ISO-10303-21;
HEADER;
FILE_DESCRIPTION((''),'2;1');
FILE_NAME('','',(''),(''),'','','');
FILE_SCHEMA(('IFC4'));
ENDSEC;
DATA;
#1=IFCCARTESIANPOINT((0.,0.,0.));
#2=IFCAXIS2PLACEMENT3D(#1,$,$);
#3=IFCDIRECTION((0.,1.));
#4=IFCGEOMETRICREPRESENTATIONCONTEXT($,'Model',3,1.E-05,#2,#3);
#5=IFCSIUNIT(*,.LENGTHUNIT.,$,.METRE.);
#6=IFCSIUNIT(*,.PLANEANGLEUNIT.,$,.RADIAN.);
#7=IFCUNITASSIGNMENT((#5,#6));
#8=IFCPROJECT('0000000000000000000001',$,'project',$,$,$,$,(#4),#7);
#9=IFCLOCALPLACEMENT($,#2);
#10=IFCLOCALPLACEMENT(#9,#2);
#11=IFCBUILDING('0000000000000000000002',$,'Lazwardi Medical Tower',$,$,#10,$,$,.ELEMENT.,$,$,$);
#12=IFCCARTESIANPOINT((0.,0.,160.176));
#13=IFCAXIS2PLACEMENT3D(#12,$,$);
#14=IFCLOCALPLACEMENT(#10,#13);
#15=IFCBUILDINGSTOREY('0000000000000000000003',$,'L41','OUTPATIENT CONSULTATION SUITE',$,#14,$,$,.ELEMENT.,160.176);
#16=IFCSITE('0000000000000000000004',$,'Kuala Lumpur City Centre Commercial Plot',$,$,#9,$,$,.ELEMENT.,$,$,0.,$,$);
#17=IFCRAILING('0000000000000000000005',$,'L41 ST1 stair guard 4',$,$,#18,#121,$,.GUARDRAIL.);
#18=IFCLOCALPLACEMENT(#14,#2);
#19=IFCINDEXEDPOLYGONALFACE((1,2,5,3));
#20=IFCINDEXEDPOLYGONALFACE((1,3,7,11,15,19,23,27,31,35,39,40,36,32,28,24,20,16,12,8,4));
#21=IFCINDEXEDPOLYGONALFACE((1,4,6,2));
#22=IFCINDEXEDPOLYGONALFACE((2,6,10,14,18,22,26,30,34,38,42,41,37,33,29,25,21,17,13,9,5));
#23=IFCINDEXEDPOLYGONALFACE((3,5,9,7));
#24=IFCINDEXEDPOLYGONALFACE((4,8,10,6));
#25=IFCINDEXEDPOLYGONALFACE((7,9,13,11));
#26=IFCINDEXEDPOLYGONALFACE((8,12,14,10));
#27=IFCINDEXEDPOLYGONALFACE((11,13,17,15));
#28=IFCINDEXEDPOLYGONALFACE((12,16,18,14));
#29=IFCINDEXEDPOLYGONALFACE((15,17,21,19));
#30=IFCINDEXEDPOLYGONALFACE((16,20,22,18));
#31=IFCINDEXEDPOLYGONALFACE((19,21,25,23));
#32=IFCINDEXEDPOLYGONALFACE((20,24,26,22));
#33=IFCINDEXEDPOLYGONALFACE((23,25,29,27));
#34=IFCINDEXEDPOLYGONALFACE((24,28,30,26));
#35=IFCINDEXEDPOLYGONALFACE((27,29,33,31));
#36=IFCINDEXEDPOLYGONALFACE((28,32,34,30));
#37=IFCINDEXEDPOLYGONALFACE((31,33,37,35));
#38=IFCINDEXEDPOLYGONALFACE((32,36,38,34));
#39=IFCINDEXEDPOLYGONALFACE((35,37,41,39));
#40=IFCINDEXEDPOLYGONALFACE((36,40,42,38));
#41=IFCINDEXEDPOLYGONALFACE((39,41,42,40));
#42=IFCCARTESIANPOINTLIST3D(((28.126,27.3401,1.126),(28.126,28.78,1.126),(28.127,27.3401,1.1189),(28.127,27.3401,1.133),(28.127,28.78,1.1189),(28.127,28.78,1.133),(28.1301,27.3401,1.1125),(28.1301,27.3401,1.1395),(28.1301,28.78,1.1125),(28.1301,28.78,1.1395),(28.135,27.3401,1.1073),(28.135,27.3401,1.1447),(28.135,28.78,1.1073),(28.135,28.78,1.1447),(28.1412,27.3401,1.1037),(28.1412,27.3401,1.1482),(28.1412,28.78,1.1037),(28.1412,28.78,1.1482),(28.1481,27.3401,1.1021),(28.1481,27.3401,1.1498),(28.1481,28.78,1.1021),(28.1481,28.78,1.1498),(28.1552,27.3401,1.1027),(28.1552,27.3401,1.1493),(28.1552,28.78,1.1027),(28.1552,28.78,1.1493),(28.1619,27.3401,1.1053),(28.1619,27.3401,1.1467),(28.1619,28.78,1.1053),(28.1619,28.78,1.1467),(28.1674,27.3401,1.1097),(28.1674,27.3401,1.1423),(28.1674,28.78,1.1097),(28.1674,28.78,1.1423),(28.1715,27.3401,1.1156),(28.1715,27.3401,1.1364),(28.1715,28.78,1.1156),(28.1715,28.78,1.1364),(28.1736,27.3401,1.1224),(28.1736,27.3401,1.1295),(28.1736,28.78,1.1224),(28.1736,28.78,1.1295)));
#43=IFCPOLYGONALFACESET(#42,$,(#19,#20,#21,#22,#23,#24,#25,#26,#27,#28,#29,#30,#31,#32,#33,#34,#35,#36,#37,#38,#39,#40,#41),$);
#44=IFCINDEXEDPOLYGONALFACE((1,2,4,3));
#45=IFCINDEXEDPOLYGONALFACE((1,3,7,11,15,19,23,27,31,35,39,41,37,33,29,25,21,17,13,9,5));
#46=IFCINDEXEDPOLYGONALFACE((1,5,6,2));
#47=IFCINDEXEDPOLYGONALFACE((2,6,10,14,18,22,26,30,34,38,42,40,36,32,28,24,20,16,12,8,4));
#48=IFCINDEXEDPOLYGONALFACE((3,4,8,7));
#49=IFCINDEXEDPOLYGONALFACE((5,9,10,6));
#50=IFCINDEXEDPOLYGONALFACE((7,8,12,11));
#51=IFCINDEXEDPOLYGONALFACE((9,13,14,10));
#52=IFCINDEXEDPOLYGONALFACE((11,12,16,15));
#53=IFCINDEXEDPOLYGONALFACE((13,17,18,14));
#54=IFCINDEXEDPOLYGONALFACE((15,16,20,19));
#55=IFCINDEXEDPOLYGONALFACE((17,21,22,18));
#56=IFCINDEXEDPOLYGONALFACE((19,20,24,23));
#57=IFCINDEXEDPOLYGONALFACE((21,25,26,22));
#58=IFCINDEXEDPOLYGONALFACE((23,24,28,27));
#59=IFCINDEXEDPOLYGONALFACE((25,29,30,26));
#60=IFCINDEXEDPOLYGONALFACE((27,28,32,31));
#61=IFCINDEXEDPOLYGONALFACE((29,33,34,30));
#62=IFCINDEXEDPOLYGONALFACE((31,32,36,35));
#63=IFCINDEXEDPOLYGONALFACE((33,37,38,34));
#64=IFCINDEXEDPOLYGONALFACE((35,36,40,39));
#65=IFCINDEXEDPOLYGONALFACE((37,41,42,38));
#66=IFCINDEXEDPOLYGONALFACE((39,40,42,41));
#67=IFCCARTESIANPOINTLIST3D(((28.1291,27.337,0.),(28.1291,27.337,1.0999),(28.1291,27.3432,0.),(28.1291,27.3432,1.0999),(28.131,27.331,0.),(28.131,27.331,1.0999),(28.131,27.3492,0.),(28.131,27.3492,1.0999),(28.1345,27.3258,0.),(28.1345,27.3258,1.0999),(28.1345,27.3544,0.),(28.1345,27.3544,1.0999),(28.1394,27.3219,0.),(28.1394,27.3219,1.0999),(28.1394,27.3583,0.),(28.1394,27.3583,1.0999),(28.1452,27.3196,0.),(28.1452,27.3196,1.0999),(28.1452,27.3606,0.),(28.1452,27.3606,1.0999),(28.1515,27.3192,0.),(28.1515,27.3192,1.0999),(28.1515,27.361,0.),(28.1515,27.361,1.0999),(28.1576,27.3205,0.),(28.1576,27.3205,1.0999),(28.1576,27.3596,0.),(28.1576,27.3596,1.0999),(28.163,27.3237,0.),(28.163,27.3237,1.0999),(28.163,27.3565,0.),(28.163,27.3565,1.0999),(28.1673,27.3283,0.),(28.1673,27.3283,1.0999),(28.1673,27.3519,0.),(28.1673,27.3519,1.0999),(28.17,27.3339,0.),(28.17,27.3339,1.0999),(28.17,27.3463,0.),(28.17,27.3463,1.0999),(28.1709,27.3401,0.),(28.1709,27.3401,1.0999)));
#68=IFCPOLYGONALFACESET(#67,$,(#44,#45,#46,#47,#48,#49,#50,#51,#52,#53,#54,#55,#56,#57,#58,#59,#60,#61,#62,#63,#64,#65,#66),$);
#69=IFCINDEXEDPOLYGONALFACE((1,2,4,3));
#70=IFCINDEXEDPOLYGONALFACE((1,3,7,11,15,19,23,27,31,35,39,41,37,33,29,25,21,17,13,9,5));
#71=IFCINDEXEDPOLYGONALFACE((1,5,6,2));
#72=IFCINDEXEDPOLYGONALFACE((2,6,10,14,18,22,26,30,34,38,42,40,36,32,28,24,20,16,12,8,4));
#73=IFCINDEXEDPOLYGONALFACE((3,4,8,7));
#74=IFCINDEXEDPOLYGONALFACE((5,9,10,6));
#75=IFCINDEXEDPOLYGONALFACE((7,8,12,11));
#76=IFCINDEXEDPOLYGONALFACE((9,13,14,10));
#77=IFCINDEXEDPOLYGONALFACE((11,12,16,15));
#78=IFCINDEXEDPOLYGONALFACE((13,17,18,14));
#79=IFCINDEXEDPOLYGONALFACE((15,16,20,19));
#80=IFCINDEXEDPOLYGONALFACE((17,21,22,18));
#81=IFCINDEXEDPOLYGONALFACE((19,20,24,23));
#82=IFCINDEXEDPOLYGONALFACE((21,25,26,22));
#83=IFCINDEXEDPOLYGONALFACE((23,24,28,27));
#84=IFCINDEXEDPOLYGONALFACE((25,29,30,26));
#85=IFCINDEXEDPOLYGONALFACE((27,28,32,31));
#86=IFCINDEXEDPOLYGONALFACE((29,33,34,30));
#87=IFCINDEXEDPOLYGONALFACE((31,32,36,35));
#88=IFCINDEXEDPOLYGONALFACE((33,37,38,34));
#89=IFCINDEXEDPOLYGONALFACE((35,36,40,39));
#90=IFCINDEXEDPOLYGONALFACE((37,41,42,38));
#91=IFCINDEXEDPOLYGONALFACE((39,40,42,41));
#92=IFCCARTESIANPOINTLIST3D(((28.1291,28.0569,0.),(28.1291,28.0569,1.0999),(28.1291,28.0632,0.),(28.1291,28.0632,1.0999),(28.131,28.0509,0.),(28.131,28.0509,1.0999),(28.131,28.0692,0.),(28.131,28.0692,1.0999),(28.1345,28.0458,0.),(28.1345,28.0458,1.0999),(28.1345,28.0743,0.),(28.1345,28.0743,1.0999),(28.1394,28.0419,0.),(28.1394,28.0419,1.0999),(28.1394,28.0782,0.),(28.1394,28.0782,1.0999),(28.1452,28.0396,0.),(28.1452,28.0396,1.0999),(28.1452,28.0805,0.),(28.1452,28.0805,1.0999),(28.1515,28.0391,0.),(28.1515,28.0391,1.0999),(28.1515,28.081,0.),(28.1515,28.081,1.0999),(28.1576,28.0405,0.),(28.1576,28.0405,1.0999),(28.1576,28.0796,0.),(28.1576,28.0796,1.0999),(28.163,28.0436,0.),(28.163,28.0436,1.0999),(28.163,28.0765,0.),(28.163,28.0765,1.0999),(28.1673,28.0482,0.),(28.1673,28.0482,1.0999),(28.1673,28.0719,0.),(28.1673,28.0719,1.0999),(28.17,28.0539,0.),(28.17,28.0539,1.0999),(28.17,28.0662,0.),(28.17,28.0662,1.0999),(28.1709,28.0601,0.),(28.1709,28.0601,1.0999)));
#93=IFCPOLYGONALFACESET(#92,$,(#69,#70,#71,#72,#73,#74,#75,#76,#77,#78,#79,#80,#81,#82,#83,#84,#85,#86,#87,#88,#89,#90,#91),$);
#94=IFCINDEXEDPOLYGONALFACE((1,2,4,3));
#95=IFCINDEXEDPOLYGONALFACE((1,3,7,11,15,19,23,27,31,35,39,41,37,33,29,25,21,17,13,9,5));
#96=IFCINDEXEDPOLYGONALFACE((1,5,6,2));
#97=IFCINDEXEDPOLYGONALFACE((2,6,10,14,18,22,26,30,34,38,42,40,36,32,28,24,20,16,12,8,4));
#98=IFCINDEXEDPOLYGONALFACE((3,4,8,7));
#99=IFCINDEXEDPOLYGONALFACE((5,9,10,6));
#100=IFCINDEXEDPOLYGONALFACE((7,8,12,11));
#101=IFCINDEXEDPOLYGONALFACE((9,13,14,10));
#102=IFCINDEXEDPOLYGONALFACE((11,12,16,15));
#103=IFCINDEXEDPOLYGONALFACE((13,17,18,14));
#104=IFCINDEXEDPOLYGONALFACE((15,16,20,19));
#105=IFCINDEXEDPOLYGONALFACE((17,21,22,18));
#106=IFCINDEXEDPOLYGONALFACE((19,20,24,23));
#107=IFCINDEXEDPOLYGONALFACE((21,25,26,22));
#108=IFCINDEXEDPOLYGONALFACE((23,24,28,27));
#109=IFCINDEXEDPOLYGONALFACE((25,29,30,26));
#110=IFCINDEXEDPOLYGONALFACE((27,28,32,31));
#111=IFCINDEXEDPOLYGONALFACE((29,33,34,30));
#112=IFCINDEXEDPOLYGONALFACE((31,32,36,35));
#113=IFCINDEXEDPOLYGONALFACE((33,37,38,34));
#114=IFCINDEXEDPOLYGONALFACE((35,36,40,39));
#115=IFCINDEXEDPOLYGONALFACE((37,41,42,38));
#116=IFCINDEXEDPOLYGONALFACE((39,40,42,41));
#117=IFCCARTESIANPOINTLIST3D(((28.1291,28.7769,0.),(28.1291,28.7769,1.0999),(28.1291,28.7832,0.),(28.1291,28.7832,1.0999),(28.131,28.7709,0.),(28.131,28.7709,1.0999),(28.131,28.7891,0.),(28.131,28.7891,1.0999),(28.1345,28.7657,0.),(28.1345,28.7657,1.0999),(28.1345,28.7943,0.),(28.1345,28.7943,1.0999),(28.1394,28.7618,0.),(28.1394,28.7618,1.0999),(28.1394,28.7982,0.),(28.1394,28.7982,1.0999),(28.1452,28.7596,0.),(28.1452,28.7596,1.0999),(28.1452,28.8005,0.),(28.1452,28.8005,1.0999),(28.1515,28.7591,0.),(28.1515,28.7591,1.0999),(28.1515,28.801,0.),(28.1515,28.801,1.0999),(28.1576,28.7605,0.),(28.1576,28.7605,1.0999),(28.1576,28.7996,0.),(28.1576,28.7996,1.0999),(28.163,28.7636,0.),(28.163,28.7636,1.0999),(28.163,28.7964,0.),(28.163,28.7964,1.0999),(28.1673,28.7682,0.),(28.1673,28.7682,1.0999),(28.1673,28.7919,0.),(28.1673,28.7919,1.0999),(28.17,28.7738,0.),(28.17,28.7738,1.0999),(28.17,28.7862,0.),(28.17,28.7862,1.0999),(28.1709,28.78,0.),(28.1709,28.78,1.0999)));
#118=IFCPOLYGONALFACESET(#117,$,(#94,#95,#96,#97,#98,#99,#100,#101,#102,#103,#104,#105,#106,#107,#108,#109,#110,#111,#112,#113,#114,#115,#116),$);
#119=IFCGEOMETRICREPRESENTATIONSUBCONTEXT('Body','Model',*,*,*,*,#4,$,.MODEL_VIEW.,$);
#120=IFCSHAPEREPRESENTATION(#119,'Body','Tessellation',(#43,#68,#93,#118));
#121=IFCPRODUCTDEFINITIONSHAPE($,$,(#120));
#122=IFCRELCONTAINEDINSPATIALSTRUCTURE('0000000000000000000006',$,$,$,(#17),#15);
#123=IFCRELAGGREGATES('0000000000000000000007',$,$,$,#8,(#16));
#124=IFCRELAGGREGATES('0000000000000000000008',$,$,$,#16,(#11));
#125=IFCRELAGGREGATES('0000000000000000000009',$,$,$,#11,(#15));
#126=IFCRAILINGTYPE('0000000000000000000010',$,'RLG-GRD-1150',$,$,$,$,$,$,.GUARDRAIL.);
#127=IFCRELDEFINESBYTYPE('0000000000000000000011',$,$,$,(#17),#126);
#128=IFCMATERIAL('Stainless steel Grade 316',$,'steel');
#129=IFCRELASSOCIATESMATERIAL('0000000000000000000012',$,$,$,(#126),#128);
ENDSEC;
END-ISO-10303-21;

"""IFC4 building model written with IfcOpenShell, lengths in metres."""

from ifc_helpers import new_model, si_unit, direction, frame, origin, origin_2d, place, context, subcontext, project, spatial, circle, extrude, material, type_object, element, save


model = new_model("IFC4")

# Units and contexts
model_context = context("Model", 3, precision=1e-05, world=origin(), true_north=direction((0.0, 1.0)))
body_context = subcontext(model_context, "Body", "Model", "MODEL_VIEW")
ifc_project = project(units=[si_unit("LENGTHUNIT", "METRE"), si_unit("PLANEANGLEUNIT", "RADIAN")], contexts=[model_context])

# Site, building, storey
site_placement = place(None, origin())
site = spatial("IfcSite", under=ifc_project, at=site_placement, Name="Kuala Lumpur City Centre Commercial Plot", CompositionType="ELEMENT", RefElevation=0.0)
building_placement = place(site_placement, origin())
building = spatial("IfcBuilding", under=site, at=building_placement, Name="Lazwardi Medical Tower", CompositionType="ELEMENT")
storey_placement = place(building_placement, frame((0.0, 0.0, 160.176)))
storey = spatial("IfcBuildingStorey", under=building, at=storey_placement, Name="L41", Description="OUTPATIENT CONSULTATION SUITE", CompositionType="ELEMENT", Elevation=160.176)

# Railing
ifc_material_1 = material(Name="Stainless steel Grade 316", Category="steel")
railing_type_1 = type_object("IfcRailingType", Name="RLG-GRD-1150", PredefinedType="GUARDRAIL", material=ifc_material_1)
railing_1_placement = place(storey_placement, frame((28.1499, 27.3401, 0.0)))
element("IfcRailing", 1, at=railing_1_placement, inside=storey, type_object=railing_type_1, Name="L41 ST1 stair guard 4", PredefinedType="GUARDRAIL", context=body_context, shape_type="SweptSolid", body=[
    extrude(circle(Radius=0.0239, at=origin_2d()), frame((0.0, 0.0, 1.126), z_axis=(0.0, 1.0, 0.0), x_axis=(-1.0, 0.0, 0.0)), (0.0, 0.0, 1.0), 1.4399),
    extrude(circle(Radius=0.021, at=origin_2d()), origin(), (0.0, 0.0, 1.0), 1.0999),
    extrude(circle(Radius=0.021, at=origin_2d()), frame((0.0, 0.72, 0.0)), (0.0, 0.0, 1.0), 1.0999),
    extrude(circle(Radius=0.021, at=origin_2d()), frame((0.0, 1.4399, 0.0)), (0.0, 0.0, 1.0), 1.0999),
])

save(model, "model.ifc")
